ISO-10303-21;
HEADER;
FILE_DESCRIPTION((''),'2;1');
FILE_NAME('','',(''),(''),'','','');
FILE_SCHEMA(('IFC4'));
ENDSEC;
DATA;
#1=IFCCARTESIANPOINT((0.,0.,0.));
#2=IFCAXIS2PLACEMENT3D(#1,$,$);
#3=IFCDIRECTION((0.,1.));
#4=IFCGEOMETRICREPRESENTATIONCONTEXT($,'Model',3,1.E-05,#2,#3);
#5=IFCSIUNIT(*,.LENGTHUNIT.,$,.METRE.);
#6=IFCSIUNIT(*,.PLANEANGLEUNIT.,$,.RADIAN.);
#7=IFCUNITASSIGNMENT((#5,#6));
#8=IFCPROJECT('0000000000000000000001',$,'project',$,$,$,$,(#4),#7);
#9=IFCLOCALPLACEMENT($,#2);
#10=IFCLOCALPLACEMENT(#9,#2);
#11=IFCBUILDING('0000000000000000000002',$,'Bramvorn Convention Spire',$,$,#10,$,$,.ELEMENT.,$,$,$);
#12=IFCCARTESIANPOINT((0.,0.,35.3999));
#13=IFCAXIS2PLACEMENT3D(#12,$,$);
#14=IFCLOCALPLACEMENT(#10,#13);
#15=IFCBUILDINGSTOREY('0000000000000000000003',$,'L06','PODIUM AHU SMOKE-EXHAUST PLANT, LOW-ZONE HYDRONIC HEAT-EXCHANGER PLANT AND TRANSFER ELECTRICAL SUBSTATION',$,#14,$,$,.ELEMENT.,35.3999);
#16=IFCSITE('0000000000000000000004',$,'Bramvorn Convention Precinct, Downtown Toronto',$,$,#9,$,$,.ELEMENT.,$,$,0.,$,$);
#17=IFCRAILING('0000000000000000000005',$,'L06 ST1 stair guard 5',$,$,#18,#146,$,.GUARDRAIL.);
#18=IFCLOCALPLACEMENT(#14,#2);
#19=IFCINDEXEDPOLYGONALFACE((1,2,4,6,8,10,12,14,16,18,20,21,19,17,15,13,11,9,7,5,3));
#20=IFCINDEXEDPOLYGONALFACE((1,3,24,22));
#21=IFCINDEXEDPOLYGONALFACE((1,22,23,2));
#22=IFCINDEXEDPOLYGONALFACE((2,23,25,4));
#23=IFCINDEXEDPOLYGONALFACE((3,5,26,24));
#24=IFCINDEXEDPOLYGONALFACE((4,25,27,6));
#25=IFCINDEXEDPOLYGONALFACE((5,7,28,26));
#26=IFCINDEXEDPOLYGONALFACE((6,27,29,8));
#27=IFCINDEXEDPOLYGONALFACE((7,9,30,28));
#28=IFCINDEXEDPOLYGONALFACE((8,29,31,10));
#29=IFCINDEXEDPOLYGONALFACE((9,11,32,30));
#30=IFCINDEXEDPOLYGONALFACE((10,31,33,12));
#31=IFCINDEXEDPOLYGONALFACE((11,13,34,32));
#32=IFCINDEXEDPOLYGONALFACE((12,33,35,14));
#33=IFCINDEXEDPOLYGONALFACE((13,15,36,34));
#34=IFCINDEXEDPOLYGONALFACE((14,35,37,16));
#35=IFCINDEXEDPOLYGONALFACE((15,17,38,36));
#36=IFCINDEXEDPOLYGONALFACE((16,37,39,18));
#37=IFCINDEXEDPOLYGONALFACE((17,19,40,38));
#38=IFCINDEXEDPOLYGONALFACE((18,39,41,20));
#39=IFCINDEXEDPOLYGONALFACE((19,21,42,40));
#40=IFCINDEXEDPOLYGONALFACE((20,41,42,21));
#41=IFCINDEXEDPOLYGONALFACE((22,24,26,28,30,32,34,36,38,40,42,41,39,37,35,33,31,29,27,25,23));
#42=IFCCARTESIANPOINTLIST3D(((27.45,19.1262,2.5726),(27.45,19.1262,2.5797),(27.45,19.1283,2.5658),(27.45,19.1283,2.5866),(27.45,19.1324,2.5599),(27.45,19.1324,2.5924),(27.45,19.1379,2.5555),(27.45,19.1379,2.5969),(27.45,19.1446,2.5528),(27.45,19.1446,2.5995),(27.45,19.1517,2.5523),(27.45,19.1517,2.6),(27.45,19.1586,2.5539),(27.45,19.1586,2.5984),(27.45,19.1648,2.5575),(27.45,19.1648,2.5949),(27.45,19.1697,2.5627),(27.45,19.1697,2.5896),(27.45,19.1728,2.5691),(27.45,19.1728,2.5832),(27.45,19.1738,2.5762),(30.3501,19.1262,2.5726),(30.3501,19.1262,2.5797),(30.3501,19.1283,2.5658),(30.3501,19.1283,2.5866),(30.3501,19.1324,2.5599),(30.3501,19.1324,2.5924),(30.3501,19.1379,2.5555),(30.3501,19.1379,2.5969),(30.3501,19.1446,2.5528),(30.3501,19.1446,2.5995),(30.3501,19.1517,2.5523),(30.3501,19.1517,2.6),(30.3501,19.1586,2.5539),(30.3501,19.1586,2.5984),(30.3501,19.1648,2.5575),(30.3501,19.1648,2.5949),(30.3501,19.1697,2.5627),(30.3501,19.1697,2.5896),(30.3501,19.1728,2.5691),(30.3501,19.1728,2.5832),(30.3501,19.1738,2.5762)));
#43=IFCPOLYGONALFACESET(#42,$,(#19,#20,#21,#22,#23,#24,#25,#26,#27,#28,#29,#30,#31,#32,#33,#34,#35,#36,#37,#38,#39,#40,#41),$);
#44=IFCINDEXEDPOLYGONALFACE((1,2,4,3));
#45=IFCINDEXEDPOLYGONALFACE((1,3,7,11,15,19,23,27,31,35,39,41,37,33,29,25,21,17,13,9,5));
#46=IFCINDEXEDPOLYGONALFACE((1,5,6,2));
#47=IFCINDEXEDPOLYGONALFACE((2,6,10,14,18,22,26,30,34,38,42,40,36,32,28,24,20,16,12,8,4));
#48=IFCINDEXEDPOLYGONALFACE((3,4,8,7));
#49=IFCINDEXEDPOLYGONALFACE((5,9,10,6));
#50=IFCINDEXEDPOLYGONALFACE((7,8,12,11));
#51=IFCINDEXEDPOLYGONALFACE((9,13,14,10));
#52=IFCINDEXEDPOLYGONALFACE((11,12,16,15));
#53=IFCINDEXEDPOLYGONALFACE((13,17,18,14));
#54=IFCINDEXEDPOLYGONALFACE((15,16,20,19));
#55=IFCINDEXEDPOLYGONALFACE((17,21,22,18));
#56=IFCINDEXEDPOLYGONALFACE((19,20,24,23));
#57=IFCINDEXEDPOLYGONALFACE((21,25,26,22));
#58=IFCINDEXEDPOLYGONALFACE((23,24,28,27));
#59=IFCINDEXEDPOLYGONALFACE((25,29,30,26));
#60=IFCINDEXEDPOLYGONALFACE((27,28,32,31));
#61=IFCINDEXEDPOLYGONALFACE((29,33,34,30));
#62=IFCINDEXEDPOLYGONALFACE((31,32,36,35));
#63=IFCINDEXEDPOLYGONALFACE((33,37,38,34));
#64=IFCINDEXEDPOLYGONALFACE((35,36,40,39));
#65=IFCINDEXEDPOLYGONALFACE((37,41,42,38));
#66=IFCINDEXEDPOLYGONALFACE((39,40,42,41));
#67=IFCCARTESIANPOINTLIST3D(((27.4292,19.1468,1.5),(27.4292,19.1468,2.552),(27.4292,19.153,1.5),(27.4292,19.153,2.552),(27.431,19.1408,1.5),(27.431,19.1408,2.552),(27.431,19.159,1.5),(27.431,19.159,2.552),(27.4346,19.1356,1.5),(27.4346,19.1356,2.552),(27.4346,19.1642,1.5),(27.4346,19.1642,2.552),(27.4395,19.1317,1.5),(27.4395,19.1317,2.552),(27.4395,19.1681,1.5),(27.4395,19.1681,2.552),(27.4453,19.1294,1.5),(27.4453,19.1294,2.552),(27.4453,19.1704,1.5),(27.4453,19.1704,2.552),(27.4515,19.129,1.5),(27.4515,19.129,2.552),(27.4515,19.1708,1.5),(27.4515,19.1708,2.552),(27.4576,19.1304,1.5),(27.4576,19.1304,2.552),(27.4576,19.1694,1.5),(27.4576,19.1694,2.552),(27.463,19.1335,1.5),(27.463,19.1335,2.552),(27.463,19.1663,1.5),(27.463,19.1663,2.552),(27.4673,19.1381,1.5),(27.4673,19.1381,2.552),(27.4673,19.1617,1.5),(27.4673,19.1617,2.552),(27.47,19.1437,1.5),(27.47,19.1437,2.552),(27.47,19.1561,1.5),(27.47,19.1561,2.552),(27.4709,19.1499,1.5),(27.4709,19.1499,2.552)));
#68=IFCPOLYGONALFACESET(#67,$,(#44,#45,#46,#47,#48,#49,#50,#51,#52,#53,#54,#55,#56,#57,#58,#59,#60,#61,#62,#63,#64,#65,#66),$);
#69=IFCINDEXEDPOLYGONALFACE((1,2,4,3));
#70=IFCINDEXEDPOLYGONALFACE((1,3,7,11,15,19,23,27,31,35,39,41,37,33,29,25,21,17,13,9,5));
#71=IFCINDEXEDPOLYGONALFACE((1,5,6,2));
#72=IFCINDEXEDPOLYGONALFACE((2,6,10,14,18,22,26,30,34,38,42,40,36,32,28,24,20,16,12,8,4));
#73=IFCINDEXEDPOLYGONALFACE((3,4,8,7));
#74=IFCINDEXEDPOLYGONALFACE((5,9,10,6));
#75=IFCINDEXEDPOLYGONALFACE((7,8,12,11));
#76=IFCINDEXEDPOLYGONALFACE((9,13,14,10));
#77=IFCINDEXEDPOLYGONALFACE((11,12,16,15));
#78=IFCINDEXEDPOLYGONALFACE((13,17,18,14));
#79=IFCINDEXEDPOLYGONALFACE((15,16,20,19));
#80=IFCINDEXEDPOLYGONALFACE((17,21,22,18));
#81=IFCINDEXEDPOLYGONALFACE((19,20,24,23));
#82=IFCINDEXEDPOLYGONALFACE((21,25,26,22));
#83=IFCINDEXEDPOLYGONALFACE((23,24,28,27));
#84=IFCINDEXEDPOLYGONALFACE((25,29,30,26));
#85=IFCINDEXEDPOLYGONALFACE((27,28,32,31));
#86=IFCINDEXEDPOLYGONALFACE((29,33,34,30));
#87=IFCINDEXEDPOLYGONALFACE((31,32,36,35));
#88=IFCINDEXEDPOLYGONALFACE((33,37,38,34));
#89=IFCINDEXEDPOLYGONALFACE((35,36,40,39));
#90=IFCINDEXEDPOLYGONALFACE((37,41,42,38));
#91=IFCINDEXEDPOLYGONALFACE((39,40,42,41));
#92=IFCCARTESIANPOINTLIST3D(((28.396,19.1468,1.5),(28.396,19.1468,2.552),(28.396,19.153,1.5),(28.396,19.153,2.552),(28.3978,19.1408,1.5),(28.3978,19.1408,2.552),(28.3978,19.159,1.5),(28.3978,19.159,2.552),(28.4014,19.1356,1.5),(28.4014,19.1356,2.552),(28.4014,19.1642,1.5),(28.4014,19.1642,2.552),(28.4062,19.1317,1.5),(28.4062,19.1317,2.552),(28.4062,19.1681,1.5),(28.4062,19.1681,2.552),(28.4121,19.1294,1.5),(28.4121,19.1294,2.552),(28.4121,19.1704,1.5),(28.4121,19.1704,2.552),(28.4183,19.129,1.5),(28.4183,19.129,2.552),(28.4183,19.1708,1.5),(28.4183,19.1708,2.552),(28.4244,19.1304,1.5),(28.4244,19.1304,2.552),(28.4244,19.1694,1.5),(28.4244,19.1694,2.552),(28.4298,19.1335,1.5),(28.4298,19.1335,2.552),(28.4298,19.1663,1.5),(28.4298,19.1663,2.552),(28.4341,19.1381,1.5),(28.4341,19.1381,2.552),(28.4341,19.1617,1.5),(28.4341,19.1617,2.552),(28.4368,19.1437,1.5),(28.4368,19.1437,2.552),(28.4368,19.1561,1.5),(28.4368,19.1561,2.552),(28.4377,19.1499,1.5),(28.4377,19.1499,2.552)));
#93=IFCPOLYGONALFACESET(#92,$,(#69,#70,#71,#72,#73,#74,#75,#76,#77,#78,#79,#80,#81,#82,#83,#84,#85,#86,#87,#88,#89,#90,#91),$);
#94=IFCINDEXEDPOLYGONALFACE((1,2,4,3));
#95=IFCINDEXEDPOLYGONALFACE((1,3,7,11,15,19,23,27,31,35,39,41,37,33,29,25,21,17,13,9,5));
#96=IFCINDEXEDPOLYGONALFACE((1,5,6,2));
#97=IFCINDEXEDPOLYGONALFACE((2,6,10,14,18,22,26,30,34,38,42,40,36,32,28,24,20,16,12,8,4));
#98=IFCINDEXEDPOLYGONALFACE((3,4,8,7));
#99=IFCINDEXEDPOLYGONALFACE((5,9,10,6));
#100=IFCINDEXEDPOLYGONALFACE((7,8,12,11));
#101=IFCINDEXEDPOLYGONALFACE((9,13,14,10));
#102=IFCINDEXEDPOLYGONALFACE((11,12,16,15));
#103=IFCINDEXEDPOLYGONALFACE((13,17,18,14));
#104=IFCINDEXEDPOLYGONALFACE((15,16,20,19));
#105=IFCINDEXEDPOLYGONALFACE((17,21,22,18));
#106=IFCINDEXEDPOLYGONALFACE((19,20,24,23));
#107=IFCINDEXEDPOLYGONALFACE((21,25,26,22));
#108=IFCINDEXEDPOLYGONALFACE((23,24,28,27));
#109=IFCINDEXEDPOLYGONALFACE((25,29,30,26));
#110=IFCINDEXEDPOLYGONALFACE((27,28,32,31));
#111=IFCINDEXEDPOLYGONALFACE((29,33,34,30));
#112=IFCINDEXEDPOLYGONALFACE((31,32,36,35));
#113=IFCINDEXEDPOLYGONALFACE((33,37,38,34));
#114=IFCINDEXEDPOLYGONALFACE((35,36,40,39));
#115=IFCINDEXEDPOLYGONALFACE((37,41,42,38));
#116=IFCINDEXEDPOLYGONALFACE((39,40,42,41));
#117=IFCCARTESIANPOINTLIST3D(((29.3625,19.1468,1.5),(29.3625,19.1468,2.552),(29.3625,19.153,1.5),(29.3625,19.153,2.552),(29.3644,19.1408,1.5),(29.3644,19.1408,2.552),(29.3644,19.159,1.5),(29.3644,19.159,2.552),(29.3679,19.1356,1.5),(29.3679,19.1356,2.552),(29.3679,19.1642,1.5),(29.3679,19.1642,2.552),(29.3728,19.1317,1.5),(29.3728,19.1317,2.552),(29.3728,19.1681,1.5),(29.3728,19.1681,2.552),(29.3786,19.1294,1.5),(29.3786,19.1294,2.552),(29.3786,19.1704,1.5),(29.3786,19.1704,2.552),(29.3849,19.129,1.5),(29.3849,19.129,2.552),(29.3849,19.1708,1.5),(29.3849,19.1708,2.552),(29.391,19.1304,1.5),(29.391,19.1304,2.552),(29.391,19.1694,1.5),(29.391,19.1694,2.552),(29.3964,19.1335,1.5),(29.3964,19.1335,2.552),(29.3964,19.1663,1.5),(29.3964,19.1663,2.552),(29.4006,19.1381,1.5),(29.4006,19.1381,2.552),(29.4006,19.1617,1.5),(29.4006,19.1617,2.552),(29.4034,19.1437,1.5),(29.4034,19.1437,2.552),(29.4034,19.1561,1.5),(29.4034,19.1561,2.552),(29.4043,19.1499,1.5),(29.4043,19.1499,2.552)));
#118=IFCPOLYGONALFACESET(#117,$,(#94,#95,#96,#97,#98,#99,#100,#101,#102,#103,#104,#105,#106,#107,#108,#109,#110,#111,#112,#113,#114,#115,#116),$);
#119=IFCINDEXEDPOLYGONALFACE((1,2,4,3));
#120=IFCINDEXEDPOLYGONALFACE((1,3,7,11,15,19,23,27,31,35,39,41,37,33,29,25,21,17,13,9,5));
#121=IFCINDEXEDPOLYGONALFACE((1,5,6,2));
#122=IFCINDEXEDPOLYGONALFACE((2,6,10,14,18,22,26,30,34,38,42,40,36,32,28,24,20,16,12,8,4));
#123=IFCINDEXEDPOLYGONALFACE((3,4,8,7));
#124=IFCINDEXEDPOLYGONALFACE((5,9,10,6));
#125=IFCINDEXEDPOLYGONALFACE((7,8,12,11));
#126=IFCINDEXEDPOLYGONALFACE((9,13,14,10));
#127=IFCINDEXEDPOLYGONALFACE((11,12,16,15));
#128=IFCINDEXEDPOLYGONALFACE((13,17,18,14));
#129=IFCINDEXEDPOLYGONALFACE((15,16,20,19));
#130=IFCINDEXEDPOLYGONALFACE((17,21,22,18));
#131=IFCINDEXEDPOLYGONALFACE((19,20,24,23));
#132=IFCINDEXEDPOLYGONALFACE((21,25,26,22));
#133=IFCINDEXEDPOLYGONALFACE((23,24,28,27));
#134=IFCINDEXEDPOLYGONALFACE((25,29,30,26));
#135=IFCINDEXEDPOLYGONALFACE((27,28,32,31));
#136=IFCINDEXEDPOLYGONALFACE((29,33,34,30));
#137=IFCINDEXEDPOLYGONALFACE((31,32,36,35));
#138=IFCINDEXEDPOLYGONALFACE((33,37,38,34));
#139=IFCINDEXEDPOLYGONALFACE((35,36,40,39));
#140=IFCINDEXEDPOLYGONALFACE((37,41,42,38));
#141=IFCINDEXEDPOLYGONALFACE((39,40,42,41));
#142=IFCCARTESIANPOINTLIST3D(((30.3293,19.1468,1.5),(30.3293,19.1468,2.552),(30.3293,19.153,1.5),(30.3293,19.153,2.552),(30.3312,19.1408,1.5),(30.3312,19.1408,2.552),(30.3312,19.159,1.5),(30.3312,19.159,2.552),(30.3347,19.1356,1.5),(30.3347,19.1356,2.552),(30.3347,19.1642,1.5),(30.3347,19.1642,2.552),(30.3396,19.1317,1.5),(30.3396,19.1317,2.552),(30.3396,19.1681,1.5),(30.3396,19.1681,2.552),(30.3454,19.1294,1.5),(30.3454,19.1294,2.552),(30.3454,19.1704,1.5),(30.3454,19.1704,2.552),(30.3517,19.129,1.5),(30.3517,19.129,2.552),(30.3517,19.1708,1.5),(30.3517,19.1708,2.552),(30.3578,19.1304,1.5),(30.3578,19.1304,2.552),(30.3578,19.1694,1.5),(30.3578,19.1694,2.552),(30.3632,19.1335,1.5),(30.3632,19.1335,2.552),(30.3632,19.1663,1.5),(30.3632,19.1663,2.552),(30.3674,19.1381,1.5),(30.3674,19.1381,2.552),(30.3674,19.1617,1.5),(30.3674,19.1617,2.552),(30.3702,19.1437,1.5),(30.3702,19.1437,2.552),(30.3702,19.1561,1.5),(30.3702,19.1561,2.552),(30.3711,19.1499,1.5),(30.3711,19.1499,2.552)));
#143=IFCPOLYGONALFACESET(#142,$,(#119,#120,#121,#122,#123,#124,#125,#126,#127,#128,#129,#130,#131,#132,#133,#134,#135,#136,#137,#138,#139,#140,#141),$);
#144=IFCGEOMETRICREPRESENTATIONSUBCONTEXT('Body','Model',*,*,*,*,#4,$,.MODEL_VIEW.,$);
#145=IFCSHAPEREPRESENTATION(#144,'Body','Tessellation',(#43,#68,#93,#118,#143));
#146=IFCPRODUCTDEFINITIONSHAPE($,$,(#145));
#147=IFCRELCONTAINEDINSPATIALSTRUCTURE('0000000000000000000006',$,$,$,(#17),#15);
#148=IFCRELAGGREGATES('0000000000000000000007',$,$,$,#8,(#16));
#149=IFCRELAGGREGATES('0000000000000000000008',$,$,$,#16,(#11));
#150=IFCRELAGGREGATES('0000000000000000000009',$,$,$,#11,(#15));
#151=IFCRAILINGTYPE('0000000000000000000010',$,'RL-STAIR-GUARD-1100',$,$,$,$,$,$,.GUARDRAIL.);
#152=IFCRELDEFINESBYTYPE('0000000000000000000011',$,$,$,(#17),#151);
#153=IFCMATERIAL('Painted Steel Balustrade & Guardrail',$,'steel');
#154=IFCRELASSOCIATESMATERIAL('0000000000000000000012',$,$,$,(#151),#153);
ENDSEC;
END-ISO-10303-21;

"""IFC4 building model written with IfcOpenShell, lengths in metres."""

from ifc_helpers import new_model, si_unit, direction, frame, origin, origin_2d, place, context, subcontext, project, spatial, circle, extrude, material, type_object, element, save


model = new_model("IFC4")

# Units and contexts
model_context = context("Model", 3, precision=1e-05, world=origin(), true_north=direction((0.0, 1.0)))
body_context = subcontext(model_context, "Body", "Model", "MODEL_VIEW")
ifc_project = project(units=[si_unit("LENGTHUNIT", "METRE"), si_unit("PLANEANGLEUNIT", "RADIAN")], contexts=[model_context])

# Site, building, storey
site_placement = place(None, origin())
site = spatial("IfcSite", under=ifc_project, at=site_placement, Name="Bramvorn Convention Precinct, Downtown Toronto", CompositionType="ELEMENT", RefElevation=0.0)
building_placement = place(site_placement, origin())
building = spatial("IfcBuilding", under=site, at=building_placement, Name="Bramvorn Convention Spire", CompositionType="ELEMENT")
storey_placement = place(building_placement, frame((0.0, 0.0, 35.3999)))
storey = spatial("IfcBuildingStorey", under=building, at=storey_placement, Name="L06", Description="PODIUM AHU SMOKE-EXHAUST PLANT, LOW-ZONE HYDRONIC HEAT-EXCHANGER PLANT AND TRANSFER ELECTRICAL SUBSTATION", CompositionType="ELEMENT", Elevation=35.3999)

# Railing
ifc_material_1 = material(Name="Painted Steel Balustrade & Guardrail", Category="steel")
railing_type_1 = type_object("IfcRailingType", Name="RL-STAIR-GUARD-1100", PredefinedType="GUARDRAIL", material=ifc_material_1)
railing_1_placement = place(storey_placement, frame((27.45, 19.1499, 1.5)))
element("IfcRailing", 1, at=railing_1_placement, inside=storey, type_object=railing_type_1, Name="L06 ST1 stair guard 5", PredefinedType="GUARDRAIL", context=body_context, shape_type="SweptSolid", body=[
    extrude(circle(Radius=0.0239, at=origin_2d()), frame((0.0, 0.0, 1.0762), z_axis=(1.0, 0.0, 0.0), x_axis=(0.0, 1.0, 0.0)), (0.0, 0.0, 1.0), 2.9001),
    extrude(circle(Radius=0.021, at=origin_2d()), origin(), (0.0, 0.0, 1.0), 1.052),
    extrude(circle(Radius=0.021, at=origin_2d()), frame((0.9668, 0.0, 0.0)), (0.0, 0.0, 1.0), 1.052),
    extrude(circle(Radius=0.021, at=origin_2d()), frame((1.9333, 0.0, 0.0)), (0.0, 0.0, 1.0), 1.052),
    extrude(circle(Radius=0.021, at=origin_2d()), frame((2.9001, 0.0, 0.0)), (0.0, 0.0, 1.0), 1.052),
])

save(model, "model.ifc")
